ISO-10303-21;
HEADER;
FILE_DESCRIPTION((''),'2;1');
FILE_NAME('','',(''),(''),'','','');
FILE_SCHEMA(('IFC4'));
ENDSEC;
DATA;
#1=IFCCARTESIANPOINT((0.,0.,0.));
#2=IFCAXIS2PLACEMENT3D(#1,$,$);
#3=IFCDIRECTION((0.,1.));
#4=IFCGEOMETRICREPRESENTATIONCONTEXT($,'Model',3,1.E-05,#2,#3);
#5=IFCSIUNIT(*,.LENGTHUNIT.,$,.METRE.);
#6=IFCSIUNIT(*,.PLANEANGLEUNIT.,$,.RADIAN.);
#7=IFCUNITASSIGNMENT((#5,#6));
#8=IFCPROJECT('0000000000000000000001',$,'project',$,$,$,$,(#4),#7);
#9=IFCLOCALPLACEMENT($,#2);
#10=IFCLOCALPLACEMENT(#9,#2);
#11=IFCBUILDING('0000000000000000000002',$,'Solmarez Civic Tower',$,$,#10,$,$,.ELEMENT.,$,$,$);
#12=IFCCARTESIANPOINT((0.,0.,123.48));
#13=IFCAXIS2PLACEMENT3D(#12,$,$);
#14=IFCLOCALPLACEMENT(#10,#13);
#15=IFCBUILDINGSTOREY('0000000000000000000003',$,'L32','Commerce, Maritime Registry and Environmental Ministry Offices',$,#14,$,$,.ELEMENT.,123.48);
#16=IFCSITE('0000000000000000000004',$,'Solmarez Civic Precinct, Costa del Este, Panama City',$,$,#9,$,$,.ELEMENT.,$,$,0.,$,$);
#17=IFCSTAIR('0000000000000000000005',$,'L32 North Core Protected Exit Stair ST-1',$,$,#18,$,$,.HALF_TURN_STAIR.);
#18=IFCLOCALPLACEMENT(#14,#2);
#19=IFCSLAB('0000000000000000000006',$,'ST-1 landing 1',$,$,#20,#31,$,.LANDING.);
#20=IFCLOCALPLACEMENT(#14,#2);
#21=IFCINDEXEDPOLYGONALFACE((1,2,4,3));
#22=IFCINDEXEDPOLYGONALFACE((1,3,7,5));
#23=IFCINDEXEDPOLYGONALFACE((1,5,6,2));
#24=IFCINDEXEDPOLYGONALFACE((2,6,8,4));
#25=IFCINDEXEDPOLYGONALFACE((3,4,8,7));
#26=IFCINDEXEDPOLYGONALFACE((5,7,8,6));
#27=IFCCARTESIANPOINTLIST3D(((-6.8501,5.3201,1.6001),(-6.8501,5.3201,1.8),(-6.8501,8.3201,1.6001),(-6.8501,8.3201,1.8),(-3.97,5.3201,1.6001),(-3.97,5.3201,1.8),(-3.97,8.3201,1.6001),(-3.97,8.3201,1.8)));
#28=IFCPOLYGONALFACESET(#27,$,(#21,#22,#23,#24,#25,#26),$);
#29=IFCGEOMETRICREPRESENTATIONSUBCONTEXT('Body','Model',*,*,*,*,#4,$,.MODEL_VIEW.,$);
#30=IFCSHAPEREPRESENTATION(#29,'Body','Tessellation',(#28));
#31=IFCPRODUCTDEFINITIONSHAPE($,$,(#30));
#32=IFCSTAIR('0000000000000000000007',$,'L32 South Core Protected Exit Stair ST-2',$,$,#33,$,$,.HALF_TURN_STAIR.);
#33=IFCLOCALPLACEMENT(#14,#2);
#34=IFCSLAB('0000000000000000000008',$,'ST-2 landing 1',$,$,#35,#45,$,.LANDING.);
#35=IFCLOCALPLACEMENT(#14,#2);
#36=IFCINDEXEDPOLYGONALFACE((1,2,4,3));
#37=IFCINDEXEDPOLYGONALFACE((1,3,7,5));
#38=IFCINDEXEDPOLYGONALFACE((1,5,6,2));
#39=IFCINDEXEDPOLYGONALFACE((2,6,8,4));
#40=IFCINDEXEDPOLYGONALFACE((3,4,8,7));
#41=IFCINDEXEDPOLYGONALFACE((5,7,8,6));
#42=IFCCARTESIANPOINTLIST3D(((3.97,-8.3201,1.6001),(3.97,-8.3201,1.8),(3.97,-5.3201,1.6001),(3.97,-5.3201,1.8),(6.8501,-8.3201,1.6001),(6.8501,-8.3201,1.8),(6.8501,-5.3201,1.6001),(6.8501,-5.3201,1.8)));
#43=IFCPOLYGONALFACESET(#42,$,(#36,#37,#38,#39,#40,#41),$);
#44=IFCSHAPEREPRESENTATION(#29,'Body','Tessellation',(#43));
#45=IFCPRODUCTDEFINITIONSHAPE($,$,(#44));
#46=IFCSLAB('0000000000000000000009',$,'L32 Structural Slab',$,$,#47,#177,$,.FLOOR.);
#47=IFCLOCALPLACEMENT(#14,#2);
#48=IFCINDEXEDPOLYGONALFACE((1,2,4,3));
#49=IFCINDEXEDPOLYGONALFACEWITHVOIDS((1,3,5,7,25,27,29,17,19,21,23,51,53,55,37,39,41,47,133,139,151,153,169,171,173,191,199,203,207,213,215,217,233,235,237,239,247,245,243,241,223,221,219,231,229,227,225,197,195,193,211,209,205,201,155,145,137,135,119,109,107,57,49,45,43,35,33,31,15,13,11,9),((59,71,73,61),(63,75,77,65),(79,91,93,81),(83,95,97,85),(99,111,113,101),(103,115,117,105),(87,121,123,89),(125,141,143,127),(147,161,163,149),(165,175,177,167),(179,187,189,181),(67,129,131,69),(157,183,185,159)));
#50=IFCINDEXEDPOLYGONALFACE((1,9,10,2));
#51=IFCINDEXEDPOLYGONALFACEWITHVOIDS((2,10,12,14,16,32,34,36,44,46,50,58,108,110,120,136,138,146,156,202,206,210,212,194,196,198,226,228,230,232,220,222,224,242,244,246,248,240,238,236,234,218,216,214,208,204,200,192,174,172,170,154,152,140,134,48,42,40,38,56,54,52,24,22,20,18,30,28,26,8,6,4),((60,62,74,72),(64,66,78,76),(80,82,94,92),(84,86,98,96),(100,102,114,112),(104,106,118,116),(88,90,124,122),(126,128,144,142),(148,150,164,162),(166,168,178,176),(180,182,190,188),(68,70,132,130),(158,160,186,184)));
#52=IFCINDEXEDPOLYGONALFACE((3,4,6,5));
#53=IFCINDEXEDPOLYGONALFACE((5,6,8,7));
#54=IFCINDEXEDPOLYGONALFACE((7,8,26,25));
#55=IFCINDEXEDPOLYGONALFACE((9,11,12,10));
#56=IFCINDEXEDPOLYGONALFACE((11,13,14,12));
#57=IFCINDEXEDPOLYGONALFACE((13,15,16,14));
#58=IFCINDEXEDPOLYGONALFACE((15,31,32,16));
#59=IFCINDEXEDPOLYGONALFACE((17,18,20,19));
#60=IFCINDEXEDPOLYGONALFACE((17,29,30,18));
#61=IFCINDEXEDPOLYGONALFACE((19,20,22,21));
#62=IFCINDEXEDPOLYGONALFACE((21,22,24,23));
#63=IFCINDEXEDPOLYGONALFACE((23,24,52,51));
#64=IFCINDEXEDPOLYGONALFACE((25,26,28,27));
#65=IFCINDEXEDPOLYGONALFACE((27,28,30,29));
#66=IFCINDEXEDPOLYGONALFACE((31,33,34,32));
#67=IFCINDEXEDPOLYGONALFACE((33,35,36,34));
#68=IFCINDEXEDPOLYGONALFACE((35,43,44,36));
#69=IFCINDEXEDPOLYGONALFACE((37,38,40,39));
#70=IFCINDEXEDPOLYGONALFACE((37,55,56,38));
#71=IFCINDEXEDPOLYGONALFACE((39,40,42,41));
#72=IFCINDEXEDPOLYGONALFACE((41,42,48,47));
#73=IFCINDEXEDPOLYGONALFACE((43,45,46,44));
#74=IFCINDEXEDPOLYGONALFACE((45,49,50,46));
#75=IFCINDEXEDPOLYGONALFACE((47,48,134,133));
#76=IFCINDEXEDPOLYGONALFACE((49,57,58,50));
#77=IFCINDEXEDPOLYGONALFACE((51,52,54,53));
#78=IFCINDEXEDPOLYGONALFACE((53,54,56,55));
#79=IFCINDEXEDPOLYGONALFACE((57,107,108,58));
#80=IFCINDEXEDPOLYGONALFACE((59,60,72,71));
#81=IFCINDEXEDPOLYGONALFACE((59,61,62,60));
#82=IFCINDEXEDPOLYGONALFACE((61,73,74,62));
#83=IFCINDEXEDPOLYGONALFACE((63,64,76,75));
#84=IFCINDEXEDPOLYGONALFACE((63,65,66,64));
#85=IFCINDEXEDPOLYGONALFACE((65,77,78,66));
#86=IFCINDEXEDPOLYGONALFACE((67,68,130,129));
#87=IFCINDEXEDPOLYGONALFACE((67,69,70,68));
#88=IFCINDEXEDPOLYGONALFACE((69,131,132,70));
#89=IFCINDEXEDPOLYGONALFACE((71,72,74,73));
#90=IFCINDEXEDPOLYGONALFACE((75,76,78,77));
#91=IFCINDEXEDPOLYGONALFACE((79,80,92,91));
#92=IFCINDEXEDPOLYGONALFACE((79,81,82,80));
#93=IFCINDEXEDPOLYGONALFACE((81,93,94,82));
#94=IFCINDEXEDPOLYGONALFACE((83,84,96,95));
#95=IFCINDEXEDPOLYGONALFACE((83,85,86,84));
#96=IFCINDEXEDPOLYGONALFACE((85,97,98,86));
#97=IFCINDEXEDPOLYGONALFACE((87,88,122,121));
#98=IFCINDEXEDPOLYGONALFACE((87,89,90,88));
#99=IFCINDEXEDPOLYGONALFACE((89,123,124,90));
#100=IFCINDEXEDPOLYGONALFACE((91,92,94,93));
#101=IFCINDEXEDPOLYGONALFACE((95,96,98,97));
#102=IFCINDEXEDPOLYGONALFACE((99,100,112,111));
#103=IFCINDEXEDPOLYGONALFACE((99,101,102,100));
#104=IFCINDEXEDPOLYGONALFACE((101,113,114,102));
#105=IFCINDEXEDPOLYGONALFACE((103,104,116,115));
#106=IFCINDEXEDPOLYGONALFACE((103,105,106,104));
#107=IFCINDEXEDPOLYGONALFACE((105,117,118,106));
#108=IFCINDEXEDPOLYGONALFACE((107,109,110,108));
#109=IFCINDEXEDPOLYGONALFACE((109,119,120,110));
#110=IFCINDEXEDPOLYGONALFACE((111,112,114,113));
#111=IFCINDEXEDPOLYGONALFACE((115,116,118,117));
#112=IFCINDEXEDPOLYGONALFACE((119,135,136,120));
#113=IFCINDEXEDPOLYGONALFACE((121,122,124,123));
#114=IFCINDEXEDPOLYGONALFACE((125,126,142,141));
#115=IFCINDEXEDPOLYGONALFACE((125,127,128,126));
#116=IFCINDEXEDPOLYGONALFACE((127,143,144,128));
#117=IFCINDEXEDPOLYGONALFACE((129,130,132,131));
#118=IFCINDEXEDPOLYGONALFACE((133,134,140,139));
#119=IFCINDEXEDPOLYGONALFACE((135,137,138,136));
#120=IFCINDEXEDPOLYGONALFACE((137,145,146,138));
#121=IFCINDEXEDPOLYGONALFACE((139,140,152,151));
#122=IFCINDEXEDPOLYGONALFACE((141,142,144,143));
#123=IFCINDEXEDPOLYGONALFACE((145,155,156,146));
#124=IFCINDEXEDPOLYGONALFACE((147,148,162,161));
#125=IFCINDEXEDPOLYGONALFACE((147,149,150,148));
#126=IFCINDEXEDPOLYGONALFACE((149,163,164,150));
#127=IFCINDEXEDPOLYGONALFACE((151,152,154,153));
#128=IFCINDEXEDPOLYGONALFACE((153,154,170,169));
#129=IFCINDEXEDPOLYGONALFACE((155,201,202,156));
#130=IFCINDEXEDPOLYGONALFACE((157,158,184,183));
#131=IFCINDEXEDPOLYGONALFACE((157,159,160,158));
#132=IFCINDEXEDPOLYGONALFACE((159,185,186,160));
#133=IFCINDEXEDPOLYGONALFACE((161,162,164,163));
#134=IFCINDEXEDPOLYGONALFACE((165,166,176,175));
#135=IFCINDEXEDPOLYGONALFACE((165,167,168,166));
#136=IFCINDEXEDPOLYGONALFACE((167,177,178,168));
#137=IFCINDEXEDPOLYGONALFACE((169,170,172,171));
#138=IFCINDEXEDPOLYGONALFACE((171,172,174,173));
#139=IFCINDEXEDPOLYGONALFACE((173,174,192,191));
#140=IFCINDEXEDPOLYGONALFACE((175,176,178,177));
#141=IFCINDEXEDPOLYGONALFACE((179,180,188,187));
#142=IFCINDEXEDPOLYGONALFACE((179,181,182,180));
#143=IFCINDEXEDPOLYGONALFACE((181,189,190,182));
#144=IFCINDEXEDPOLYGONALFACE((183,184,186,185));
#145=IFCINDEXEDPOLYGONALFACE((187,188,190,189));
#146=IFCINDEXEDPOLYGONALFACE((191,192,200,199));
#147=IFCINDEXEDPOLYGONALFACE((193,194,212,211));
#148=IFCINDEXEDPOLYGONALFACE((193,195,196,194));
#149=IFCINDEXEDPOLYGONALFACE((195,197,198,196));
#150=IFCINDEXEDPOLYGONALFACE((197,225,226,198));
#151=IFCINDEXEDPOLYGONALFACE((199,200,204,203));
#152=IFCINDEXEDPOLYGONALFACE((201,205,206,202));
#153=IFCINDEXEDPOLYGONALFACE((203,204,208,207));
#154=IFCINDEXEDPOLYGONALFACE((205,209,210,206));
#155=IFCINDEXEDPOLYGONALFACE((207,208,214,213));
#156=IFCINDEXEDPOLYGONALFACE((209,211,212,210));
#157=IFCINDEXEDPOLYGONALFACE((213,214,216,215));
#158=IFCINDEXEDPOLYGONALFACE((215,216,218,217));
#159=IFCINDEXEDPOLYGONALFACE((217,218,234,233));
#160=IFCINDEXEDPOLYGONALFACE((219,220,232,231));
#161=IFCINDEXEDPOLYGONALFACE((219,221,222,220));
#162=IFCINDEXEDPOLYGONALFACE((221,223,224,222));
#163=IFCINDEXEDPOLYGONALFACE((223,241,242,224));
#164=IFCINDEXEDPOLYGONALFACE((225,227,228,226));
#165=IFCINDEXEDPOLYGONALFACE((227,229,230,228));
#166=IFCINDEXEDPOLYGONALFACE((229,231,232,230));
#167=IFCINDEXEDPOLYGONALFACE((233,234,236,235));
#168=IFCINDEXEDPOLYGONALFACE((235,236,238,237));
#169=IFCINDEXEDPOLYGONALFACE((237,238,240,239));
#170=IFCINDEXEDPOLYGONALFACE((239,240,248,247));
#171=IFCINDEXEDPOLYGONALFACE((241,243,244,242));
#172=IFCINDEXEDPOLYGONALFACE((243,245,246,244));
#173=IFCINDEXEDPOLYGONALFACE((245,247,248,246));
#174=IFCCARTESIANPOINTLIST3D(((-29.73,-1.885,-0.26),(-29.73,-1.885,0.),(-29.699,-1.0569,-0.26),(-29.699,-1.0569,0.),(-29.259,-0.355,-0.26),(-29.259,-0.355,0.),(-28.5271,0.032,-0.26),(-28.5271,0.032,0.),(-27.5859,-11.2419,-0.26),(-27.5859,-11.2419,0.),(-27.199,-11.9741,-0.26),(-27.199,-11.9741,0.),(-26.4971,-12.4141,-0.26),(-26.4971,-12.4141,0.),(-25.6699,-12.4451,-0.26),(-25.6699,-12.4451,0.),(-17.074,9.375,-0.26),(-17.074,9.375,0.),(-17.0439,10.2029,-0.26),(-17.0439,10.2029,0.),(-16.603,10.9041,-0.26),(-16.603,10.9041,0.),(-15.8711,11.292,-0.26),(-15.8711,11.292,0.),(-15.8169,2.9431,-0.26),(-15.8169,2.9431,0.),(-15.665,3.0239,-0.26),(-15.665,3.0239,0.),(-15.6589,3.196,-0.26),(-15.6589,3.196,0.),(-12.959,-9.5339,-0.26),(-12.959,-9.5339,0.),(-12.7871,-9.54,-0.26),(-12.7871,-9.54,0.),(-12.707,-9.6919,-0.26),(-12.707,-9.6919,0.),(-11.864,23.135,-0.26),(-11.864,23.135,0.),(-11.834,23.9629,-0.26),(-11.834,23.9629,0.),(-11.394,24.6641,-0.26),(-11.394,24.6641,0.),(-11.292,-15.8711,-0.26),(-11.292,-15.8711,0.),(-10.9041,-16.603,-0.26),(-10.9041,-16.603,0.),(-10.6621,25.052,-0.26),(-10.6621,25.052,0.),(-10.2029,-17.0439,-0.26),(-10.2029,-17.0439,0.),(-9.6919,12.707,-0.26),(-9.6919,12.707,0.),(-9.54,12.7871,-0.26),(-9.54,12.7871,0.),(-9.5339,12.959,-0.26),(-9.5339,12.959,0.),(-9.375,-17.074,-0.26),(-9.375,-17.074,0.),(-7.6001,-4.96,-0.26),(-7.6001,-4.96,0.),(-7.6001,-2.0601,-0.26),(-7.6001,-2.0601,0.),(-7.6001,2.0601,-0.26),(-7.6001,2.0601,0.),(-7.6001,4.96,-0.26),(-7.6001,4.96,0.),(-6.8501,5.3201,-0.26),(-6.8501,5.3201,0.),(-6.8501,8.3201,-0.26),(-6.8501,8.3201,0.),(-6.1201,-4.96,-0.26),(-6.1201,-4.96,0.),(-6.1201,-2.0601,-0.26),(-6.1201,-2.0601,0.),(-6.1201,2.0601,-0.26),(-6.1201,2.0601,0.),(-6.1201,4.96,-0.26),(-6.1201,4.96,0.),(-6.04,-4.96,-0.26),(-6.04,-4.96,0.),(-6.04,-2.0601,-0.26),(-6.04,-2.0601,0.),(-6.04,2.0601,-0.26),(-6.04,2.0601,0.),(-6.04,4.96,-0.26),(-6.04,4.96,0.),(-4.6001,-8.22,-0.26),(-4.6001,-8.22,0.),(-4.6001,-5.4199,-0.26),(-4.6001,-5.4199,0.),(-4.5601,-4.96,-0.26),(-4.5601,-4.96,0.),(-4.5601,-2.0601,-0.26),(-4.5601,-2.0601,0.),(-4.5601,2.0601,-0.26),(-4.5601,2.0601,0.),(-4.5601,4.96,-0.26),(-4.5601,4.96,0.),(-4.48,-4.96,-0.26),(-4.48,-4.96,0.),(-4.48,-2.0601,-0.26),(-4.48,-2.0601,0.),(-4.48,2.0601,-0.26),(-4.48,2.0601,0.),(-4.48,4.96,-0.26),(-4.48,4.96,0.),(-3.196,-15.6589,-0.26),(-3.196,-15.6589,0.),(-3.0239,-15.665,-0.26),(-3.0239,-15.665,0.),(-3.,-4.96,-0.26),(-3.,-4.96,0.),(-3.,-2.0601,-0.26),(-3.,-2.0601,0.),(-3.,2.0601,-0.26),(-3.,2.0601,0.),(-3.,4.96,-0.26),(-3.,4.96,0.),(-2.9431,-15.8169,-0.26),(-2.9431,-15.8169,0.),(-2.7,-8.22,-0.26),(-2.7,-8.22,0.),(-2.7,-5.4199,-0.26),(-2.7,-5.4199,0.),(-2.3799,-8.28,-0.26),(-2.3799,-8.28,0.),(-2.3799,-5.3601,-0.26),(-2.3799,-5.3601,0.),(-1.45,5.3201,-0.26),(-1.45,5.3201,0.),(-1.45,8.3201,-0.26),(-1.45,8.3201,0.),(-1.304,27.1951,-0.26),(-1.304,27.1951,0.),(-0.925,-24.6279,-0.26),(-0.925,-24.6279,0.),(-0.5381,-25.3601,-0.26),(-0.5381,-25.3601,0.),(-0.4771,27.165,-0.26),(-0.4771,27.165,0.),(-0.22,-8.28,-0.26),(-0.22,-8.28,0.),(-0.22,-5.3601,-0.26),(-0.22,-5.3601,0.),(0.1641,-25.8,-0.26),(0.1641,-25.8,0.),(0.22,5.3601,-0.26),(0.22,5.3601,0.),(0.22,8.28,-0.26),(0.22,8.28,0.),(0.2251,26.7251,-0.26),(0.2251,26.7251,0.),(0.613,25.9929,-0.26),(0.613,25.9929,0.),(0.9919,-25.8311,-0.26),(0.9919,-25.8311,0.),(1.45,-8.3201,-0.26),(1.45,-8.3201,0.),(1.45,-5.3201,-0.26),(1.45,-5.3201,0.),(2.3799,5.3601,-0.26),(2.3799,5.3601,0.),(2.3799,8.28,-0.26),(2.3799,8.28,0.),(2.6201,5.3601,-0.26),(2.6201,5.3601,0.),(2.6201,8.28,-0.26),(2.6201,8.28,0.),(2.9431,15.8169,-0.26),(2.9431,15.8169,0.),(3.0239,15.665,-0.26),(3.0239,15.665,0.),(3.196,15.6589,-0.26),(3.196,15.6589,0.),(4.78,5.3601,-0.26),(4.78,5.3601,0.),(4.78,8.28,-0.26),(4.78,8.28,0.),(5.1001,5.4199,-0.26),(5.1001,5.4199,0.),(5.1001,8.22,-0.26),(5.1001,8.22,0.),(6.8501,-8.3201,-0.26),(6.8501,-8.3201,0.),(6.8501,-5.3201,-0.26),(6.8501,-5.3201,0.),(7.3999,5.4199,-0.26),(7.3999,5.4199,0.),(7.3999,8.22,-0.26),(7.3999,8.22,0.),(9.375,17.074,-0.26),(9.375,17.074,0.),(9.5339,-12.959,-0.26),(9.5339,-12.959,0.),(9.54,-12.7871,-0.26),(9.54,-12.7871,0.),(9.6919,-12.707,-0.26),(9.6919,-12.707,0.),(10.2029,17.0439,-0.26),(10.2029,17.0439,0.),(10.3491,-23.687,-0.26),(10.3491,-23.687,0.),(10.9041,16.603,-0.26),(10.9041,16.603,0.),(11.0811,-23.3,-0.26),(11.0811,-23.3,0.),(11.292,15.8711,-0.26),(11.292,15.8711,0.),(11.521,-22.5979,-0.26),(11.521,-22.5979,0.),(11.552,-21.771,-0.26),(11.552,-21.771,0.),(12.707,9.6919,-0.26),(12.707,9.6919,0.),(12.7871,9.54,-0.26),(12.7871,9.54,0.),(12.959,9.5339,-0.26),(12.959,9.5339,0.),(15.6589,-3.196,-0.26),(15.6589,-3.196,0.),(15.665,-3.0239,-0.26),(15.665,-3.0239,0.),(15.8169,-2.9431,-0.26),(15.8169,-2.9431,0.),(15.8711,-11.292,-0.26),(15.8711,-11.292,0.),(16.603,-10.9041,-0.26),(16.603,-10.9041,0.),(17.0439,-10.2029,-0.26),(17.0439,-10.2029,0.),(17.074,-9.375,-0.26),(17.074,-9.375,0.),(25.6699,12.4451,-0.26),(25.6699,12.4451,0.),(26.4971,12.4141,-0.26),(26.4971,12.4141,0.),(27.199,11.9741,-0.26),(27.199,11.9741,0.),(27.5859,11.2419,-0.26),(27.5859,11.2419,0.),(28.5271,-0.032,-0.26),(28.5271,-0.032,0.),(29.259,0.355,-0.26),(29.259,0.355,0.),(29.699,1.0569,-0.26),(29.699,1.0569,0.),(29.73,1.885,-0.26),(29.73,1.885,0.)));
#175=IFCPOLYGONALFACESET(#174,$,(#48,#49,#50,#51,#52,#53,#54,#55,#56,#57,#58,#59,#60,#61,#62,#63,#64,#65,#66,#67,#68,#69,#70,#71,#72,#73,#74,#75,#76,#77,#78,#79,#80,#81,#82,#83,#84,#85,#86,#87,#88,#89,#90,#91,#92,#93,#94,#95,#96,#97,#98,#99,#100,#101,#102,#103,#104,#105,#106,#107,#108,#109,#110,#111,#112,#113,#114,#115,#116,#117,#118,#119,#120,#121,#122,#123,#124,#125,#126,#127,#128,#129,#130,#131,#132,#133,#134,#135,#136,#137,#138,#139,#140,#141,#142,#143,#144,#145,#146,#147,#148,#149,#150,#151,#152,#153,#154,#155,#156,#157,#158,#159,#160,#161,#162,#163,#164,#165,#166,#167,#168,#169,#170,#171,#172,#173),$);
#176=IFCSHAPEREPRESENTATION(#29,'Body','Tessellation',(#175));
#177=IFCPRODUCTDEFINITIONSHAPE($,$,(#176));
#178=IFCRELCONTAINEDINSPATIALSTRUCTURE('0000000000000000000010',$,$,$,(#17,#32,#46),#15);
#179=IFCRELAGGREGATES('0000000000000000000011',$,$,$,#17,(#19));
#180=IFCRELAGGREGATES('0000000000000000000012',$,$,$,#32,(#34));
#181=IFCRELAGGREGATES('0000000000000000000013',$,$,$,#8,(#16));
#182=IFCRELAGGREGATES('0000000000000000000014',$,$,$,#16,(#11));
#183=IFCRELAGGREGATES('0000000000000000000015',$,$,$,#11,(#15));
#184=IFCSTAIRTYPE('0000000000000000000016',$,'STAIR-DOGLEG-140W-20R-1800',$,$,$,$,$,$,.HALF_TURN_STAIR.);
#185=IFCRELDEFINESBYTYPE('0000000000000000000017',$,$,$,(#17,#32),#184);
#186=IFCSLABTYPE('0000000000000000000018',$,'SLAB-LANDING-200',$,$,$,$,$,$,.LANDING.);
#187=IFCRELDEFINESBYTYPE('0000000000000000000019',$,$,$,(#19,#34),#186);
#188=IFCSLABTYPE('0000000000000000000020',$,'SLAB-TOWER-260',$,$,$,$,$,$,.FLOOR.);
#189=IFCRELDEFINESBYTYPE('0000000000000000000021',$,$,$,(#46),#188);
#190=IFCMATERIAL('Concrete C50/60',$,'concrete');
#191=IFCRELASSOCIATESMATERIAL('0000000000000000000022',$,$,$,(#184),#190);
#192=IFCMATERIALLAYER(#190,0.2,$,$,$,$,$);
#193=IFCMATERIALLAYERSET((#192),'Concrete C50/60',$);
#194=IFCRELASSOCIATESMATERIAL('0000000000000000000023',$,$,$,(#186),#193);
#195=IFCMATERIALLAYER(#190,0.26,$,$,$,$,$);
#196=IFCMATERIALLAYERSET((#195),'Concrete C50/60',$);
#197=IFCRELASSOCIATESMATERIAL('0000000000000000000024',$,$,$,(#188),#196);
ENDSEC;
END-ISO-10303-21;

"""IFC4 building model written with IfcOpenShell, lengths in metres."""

from ifc_helpers import new_model, si_unit, direction, frame, origin, place, context, subcontext, project, spatial, polyline, outline, extrude, material, layer, layer_set, type_object, element, aggregate, save


model = new_model("IFC4")

# Units and contexts
model_context = context("Model", 3, precision=1e-05, world=origin(), true_north=direction((0.0, 1.0)))
body_context = subcontext(model_context, "Body", "Model", "MODEL_VIEW")
ifc_project = project(units=[si_unit("LENGTHUNIT", "METRE"), si_unit("PLANEANGLEUNIT", "RADIAN")], contexts=[model_context])

# Site, building, storey
site_placement = place(None, origin())
site = spatial("IfcSite", under=ifc_project, at=site_placement, Name="Solmarez Civic Precinct, Costa del Este, Panama City", CompositionType="ELEMENT", RefElevation=0.0)
building_placement = place(site_placement, origin())
building = spatial("IfcBuilding", under=site, at=building_placement, Name="Solmarez Civic Tower", CompositionType="ELEMENT")
storey_placement = place(building_placement, frame((0.0, 0.0, 123.48)))
storey = spatial("IfcBuildingStorey", under=building, at=storey_placement, Name="L32", Description="Commerce, Maritime Registry and Environmental Ministry Offices", CompositionType="ELEMENT", Elevation=123.48)

# Shared definitions
ifc_material_1 = material(Name="Concrete C50/60", Category="concrete")

# Stairs, slabs
stair_type = type_object("IfcStairType", Name="STAIR-DOGLEG-140W-20R-1800", PredefinedType="HALF_TURN_STAIR", material=ifc_material_1)
stair_1_placement = place(storey_placement, origin())
stair_1 = element("IfcStair", 1, at=stair_1_placement, inside=storey, type_object=stair_type, Name="L32 North Core Protected Exit Stair ST-1", PredefinedType="HALF_TURN_STAIR")
ifc_layer_1 = layer(ifc_material_1, 0.2)
ifc_layer_set_1 = layer_set([ifc_layer_1], Name="Concrete C50/60")
slab_type_1 = type_object("IfcSlabType", Name="SLAB-LANDING-200", PredefinedType="LANDING", material=ifc_layer_set_1)
slab_1_placement = place(storey_placement, frame((0.0, 0.0, 1.6001)))
slab_1 = element("IfcSlab", 2, at=slab_1_placement, type_object=slab_type_1, Name="ST-1 landing 1", PredefinedType="LANDING", context=body_context, shape_type="SweptSolid", body=[
    extrude(outline(polyline([(-3.97, 8.3201), (-6.8501, 8.3201), (-6.8501, 5.3201), (-3.97, 5.3201), (-3.97, 8.3201)])), origin(), (0.0, 0.0, 1.0), 0.2),
])
aggregate(stair_1, [slab_1])
stair_2_placement = place(storey_placement, origin())
stair_2 = element("IfcStair", 3, at=stair_2_placement, inside=storey, type_object=stair_type, Name="L32 South Core Protected Exit Stair ST-2", PredefinedType="HALF_TURN_STAIR")
slab_2_placement = place(storey_placement, frame((0.0, 0.0, 1.6001)))
slab_2 = element("IfcSlab", 4, at=slab_2_placement, type_object=slab_type_1, Name="ST-2 landing 1", PredefinedType="LANDING", context=body_context, shape_type="SweptSolid", body=[
    extrude(outline(polyline([(3.97, -8.3201), (6.8501, -8.3201), (6.8501, -5.3201), (3.97, -5.3201), (3.97, -8.3201)])), origin(), (0.0, 0.0, 1.0), 0.2),
])

# Slab
ifc_layer_2 = layer(ifc_material_1, 0.26)
ifc_layer_set_2 = layer_set([ifc_layer_2], Name="Concrete C50/60")
slab_type_2 = type_object("IfcSlabType", Name="SLAB-TOWER-260", PredefinedType="FLOOR", material=ifc_layer_set_2)
slab_3_placement = place(storey_placement, frame((0.0, 0.0, -0.26)))
element("IfcSlab", 5, at=slab_3_placement, inside=storey, type_object=slab_type_2, Name="L32 Structural Slab", PredefinedType="FLOOR", context=body_context, shape_type="SweptSolid", body=[
    extrude(outline(polyline([(-12.707, -9.6919), (-11.292, -15.8711), (-10.9041, -16.603), (-10.2029, -17.0439), (-9.375, -17.074), (-3.196, -15.6589), (-3.0239, -15.665), (-2.9431, -15.8169), (-0.925, -24.6279), (-0.5381, -25.3601), (0.1641, -25.8), (0.9919, -25.8311), (10.3491, -23.687), (11.0811, -23.3), (11.521, -22.5979), (11.552, -21.771), (9.5339, -12.959), (9.54, -12.7871), (9.6919, -12.707), (15.8711, -11.292), (16.603, -10.9041), (17.0439, -10.2029), (17.074, -9.375), (15.6589, -3.196), (15.665, -3.0239), (15.8169, -2.9431), (28.5271, -0.032), (29.259, 0.355), (29.699, 1.0569), (29.73, 1.885), (27.5859, 11.2419), (27.199, 11.9741), (26.4971, 12.4141), (25.6699, 12.4451), (12.959, 9.5339), (12.7871, 9.54), (12.707, 9.6919), (11.292, 15.8711), (10.9041, 16.603), (10.2029, 17.0439), (9.375, 17.074), (3.196, 15.6589), (3.0239, 15.665), (2.9431, 15.8169), (0.613, 25.9929), (0.2251, 26.7251), (-0.4771, 27.165), (-1.304, 27.1951), (-10.6621, 25.052), (-11.394, 24.6641), (-11.834, 23.9629), (-11.864, 23.135), (-9.5339, 12.959), (-9.54, 12.7871), (-9.6919, 12.707), (-15.8711, 11.292), (-16.603, 10.9041), (-17.0439, 10.2029), (-17.074, 9.375), (-15.6589, 3.196), (-15.665, 3.0239), (-15.8169, 2.9431), (-28.5271, 0.032), (-29.259, -0.355), (-29.699, -1.0569), (-29.73, -1.885), (-27.5859, -11.2419), (-27.199, -11.9741), (-26.4971, -12.4141), (-25.6699, -12.4451), (-12.959, -9.5339), (-12.7871, -9.54), (-12.707, -9.6919)]), holes=[polyline([(-1.45, 8.3201), (-6.8501, 8.3201), (-6.8501, 5.3201), (-1.45, 5.3201), (-1.45, 8.3201)]), polyline([(1.45, -8.3201), (6.8501, -8.3201), (6.8501, -5.3201), (1.45, -5.3201), (1.45, -8.3201)]), polyline([(0.22, 5.3601), (2.3799, 5.3601), (2.3799, 8.28), (0.22, 8.28), (0.22, 5.3601)]), polyline([(2.6201, 5.3601), (4.78, 5.3601), (4.78, 8.28), (2.6201, 8.28), (2.6201, 5.3601)]), polyline([(-2.3799, -8.28), (-0.22, -8.28), (-0.22, -5.3601), (-2.3799, -5.3601), (-2.3799, -8.28)]), polyline([(-7.6001, -4.96), (-6.1201, -4.96), (-6.1201, -2.0601), (-7.6001, -2.0601), (-7.6001, -4.96)]), polyline([(-6.04, -4.96), (-4.5601, -4.96), (-4.5601, -2.0601), (-6.04, -2.0601), (-6.04, -4.96)]), polyline([(-4.48, -4.96), (-3.0, -4.96), (-3.0, -2.0601), (-4.48, -2.0601), (-4.48, -4.96)]), polyline([(-7.6001, 2.0601), (-6.1201, 2.0601), (-6.1201, 4.96), (-7.6001, 4.96), (-7.6001, 2.0601)]), polyline([(-6.04, 2.0601), (-4.5601, 2.0601), (-4.5601, 4.96), (-6.04, 4.96), (-6.04, 2.0601)]), polyline([(-4.48, 2.0601), (-3.0, 2.0601), (-3.0, 4.96), (-4.48, 4.96), (-4.48, 2.0601)]), polyline([(5.1001, 5.4199), (7.3999, 5.4199), (7.3999, 8.22), (5.1001, 8.22), (5.1001, 5.4199)]), polyline([(-4.6001, -8.22), (-2.7, -8.22), (-2.7, -5.4199), (-4.6001, -5.4199), (-4.6001, -8.22)])]), origin(), (0.0, 0.0, 1.0), 0.26),
])

aggregate(stair_2, [slab_2])

save(model, "model.ifc")
